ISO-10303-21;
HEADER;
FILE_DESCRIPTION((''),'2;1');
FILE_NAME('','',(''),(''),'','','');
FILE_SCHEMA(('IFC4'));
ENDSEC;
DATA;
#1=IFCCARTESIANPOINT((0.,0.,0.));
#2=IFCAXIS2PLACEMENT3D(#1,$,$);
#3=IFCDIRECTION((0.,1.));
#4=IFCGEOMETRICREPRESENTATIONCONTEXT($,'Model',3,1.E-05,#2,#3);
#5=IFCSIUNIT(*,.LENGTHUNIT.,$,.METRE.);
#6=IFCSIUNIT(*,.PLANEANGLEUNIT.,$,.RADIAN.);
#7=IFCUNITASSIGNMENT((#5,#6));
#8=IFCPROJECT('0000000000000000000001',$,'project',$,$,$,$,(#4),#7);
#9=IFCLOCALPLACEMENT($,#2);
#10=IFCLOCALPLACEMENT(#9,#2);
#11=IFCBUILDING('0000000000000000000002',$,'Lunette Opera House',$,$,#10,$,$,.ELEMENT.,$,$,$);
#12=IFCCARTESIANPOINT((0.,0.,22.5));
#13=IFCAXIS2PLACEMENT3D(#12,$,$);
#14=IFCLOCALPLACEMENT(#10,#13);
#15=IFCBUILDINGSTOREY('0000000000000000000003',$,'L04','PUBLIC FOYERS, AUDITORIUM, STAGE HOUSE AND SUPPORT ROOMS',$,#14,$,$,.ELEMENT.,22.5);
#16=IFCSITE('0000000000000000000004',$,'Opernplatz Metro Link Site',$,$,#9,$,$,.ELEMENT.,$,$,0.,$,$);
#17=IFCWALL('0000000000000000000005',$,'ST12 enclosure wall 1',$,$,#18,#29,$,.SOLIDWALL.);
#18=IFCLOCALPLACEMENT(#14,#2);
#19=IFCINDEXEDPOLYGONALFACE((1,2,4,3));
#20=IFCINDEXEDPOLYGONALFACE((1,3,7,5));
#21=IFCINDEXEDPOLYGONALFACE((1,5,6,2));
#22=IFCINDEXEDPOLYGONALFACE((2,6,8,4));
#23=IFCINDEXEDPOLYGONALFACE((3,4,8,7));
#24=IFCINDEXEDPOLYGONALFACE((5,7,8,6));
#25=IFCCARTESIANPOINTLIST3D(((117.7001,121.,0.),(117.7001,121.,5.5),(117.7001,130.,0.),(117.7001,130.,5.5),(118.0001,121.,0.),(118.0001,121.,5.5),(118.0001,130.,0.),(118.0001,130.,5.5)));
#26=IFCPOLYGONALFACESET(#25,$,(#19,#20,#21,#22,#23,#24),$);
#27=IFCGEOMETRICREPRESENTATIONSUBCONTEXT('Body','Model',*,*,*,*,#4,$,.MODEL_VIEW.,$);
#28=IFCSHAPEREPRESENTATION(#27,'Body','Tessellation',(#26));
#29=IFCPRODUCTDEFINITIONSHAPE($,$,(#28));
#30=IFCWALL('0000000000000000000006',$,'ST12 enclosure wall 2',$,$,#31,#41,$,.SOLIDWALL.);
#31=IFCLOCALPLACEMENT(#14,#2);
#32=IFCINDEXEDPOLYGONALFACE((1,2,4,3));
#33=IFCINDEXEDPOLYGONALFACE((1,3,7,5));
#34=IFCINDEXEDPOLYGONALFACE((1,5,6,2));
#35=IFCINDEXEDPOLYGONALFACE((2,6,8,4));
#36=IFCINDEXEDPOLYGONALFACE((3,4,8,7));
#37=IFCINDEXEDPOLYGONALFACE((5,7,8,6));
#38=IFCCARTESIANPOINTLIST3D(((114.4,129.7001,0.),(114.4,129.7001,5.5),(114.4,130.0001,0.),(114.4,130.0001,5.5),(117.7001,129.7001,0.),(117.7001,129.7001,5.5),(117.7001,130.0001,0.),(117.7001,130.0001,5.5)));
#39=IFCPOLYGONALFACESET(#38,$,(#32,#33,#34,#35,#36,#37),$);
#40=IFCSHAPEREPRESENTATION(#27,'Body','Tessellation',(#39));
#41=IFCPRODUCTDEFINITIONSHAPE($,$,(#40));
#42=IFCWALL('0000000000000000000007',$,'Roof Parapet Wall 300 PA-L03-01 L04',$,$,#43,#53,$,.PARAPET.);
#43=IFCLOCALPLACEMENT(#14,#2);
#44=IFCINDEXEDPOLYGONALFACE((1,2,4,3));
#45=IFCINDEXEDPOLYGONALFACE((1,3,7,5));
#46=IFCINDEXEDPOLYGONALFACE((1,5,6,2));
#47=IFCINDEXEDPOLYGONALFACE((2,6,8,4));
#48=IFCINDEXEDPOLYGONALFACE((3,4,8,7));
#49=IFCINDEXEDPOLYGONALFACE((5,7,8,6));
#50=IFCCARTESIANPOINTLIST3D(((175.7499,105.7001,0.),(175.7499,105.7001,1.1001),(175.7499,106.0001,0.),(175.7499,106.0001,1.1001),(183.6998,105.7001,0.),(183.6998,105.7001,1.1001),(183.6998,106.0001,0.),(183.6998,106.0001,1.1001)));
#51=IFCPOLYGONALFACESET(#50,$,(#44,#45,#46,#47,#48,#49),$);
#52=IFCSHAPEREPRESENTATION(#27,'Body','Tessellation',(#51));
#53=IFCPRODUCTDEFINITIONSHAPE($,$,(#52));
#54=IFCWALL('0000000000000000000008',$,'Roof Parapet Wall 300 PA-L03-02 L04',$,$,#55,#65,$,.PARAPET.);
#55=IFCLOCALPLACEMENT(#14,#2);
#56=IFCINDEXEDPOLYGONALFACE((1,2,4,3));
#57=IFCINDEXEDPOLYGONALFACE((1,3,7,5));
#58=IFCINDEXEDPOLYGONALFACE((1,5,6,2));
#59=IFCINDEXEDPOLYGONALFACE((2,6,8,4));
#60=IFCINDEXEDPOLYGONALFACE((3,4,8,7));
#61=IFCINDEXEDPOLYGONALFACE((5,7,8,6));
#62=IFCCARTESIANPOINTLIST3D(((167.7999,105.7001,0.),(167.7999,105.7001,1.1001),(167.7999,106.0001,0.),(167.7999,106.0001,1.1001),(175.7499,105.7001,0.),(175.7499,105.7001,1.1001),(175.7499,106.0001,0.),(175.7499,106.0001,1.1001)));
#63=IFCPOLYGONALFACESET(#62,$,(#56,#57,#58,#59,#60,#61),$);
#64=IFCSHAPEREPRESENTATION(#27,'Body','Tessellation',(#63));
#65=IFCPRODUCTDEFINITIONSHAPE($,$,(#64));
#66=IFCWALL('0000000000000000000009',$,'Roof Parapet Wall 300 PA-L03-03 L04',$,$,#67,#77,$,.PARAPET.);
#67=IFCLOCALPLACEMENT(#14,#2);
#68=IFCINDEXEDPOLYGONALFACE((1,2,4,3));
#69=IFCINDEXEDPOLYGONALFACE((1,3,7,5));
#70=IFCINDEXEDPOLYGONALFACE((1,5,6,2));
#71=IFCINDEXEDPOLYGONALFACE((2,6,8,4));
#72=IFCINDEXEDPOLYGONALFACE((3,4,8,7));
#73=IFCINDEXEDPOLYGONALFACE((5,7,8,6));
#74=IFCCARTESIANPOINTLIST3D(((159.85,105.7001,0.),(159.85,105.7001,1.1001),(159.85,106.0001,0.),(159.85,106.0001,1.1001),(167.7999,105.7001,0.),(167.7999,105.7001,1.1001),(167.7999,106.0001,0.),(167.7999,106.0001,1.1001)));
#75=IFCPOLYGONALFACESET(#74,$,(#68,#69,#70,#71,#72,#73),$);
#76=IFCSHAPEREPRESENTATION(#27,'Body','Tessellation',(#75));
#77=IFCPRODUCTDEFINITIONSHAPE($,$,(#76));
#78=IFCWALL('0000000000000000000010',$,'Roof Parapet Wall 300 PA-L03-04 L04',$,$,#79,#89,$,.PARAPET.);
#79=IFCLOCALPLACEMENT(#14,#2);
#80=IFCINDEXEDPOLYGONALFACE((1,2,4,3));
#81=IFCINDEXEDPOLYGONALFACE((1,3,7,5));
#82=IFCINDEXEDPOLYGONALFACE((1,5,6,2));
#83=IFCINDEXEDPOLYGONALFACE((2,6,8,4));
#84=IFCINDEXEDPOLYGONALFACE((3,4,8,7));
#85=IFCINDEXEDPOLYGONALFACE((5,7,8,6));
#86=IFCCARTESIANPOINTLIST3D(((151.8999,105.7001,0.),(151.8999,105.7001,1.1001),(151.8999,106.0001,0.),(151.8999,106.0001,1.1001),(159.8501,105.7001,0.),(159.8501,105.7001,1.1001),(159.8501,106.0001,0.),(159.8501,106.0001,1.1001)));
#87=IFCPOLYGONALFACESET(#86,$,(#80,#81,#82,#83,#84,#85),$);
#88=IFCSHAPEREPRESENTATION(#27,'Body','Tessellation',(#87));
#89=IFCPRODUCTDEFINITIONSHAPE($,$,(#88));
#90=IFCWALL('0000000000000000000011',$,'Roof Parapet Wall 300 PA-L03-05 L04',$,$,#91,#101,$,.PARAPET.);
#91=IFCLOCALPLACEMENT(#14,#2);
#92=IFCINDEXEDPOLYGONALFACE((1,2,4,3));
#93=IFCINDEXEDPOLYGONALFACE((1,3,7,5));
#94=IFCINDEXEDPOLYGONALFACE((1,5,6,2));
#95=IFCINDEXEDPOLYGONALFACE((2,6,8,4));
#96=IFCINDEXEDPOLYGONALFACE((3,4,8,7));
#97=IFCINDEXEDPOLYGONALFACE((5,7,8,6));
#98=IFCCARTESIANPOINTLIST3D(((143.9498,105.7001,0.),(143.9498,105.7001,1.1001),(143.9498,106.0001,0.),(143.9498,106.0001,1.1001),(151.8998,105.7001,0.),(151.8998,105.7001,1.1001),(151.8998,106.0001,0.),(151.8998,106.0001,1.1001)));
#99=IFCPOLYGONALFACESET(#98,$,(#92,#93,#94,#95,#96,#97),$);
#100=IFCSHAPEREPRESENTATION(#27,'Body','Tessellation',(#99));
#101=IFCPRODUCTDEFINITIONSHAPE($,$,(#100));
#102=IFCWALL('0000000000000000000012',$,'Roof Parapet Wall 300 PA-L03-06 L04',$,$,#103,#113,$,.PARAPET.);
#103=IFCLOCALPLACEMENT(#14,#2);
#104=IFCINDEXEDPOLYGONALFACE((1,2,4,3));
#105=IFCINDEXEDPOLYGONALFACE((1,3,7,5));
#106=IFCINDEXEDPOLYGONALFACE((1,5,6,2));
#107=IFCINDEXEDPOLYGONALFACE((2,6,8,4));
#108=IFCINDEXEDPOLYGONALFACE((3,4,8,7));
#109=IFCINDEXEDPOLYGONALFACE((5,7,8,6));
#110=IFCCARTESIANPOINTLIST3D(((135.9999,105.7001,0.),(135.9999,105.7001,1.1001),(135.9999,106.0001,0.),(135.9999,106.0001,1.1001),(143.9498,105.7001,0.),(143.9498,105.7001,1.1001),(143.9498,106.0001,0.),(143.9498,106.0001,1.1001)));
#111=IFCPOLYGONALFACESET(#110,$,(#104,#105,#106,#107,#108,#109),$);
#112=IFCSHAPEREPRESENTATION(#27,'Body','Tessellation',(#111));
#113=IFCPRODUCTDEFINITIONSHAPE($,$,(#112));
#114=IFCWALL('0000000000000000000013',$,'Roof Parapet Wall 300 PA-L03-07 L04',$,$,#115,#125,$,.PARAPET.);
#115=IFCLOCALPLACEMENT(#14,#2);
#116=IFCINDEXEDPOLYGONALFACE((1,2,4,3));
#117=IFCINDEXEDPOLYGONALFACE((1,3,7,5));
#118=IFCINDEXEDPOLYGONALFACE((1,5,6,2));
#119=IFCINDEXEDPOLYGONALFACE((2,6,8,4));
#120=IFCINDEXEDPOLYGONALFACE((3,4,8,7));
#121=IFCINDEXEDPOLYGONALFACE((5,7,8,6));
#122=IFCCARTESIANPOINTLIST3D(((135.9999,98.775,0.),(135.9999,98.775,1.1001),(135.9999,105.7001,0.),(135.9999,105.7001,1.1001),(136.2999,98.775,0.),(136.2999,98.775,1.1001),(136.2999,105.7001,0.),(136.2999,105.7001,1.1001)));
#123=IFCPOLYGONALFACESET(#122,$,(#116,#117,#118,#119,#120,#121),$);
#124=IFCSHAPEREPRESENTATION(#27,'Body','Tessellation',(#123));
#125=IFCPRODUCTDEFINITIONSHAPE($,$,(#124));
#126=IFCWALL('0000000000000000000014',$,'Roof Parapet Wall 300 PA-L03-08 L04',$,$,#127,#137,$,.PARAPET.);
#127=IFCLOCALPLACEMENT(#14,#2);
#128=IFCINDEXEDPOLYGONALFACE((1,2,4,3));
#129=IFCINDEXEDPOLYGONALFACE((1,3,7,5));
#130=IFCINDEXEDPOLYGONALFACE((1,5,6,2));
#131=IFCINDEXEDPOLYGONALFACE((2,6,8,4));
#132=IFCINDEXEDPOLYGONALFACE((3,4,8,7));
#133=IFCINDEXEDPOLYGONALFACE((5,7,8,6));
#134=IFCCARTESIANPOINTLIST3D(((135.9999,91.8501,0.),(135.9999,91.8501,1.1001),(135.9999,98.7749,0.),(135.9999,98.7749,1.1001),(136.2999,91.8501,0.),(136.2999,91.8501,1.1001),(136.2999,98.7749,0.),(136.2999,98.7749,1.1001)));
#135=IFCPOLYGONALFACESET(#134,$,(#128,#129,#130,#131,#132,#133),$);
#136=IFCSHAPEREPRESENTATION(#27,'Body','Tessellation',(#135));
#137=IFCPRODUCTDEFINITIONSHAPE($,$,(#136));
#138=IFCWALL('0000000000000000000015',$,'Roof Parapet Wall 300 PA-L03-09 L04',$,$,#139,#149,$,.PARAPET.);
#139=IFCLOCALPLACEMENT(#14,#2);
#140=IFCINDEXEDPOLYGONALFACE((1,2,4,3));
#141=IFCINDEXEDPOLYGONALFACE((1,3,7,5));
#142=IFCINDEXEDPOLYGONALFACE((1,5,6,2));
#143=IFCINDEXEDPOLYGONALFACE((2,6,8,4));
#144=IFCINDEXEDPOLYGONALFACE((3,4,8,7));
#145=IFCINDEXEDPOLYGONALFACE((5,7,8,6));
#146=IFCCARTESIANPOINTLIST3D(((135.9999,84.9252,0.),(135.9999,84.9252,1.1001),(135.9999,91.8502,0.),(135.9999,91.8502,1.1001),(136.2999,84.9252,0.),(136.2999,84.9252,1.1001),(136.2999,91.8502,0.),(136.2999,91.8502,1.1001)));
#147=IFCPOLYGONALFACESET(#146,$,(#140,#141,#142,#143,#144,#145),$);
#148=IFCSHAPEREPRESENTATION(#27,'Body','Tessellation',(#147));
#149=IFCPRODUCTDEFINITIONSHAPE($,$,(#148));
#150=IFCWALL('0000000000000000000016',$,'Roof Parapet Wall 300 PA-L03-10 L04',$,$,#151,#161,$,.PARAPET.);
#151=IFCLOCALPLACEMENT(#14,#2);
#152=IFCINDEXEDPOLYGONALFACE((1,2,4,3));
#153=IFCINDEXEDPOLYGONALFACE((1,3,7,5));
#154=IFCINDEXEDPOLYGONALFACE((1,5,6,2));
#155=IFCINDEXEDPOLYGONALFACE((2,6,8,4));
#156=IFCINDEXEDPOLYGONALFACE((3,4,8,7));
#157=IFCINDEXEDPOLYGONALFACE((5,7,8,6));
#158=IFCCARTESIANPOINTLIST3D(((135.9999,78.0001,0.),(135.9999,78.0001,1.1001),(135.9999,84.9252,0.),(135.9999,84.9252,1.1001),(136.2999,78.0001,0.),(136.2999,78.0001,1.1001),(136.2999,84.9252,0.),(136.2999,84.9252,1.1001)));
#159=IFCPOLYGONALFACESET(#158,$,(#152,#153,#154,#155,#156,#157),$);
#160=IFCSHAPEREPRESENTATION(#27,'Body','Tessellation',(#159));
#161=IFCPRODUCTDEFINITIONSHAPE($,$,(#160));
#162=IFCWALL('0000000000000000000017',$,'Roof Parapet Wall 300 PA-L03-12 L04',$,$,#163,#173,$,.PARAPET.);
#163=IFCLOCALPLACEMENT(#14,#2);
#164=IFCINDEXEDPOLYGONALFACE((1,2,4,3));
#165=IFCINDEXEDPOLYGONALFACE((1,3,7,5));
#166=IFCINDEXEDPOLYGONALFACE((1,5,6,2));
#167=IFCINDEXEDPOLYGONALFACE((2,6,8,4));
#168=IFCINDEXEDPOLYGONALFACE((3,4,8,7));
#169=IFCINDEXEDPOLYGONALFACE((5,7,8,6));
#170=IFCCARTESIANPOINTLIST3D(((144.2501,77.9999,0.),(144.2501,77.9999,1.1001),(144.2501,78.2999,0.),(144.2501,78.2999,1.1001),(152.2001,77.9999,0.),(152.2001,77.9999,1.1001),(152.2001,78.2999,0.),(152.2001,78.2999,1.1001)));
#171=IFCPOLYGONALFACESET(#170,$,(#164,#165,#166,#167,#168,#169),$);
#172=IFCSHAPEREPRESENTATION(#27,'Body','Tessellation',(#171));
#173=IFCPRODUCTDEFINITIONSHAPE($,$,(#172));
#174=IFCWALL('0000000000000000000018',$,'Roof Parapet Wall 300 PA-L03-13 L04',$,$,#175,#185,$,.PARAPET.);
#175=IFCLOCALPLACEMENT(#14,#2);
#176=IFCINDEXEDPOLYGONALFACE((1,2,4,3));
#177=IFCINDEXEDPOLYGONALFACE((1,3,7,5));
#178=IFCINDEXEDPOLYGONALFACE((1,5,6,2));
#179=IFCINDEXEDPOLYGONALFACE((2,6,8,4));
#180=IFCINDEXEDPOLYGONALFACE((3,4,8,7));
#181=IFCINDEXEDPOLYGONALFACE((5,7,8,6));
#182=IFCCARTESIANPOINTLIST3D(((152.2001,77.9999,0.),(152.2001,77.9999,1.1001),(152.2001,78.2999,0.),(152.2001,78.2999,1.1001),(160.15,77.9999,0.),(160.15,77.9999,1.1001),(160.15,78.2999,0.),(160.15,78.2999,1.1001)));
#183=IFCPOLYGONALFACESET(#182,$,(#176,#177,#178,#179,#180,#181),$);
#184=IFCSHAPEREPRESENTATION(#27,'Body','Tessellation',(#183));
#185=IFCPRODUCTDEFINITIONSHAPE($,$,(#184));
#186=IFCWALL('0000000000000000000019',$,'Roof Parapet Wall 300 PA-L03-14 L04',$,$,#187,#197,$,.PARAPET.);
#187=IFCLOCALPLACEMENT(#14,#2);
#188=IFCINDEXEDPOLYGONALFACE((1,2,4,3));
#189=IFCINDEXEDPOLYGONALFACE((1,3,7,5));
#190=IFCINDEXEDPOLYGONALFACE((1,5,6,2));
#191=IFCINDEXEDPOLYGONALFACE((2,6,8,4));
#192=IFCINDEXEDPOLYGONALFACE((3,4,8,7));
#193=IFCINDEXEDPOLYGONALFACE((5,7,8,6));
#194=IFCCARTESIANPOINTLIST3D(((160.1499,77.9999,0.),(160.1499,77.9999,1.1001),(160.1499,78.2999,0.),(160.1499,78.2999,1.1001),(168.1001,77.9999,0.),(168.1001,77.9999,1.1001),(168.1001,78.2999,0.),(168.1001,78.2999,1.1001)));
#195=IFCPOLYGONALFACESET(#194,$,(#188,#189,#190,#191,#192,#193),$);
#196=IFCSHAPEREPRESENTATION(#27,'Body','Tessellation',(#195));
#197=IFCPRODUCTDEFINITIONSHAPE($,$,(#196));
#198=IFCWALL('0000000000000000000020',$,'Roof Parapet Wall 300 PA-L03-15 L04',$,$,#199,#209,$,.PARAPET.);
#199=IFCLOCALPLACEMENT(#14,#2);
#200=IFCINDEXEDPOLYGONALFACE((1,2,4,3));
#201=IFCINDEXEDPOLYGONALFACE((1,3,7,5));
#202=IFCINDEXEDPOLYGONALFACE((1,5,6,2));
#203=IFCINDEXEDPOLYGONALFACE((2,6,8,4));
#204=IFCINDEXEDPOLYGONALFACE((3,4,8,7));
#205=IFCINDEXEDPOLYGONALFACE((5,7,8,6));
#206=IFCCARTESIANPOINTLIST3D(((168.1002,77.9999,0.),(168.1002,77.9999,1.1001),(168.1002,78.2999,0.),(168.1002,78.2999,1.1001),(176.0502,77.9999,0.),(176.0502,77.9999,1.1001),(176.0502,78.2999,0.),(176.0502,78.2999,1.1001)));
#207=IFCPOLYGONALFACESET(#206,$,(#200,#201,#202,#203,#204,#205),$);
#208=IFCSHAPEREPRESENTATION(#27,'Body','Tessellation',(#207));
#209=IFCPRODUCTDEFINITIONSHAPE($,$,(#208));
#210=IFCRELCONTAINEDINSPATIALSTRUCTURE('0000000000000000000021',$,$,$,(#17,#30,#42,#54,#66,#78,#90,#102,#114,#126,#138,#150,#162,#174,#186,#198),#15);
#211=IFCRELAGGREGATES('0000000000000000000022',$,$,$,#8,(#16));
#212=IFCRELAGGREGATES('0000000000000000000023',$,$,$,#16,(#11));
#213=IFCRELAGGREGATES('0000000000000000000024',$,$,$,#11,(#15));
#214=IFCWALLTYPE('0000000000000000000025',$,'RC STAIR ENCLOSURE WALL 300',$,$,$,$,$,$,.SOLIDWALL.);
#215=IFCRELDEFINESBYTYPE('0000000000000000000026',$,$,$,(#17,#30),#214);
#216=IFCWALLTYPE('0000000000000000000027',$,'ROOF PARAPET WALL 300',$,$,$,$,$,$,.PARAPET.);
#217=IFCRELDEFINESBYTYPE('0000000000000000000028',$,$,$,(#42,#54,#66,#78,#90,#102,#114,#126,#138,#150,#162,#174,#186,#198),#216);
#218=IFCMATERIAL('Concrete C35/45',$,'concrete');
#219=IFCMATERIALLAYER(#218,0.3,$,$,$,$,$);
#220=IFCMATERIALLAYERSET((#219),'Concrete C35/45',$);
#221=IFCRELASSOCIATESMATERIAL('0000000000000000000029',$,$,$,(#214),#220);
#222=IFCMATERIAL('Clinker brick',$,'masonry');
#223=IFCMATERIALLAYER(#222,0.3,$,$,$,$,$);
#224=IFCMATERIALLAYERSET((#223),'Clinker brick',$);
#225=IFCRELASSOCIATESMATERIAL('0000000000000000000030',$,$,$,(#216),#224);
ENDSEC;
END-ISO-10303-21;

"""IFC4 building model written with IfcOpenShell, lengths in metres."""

from ifc_helpers import new_model, si_unit, direction, frame, frame_2d, origin, place, context, subcontext, project, spatial, rectangle, extrude, material, layer, layer_set, type_object, element, save


model = new_model("IFC4")

# Units and contexts
model_context = context("Model", 3, precision=1e-05, world=origin(), true_north=direction((0.0, 1.0)))
body_context = subcontext(model_context, "Body", "Model", "MODEL_VIEW")
ifc_project = project(units=[si_unit("LENGTHUNIT", "METRE"), si_unit("PLANEANGLEUNIT", "RADIAN")], contexts=[model_context])

# Site, building, storey
site_placement = place(None, origin())
site = spatial("IfcSite", under=ifc_project, at=site_placement, Name="Opernplatz Metro Link Site", CompositionType="ELEMENT", RefElevation=0.0)
building_placement = place(site_placement, origin())
building = spatial("IfcBuilding", under=site, at=building_placement, Name="Lunette Opera House", CompositionType="ELEMENT")
storey_placement = place(building_placement, frame((0.0, 0.0, 22.5)))
storey = spatial("IfcBuildingStorey", under=building, at=storey_placement, Name="L04", Description="PUBLIC FOYERS, AUDITORIUM, STAGE HOUSE AND SUPPORT ROOMS", CompositionType="ELEMENT", Elevation=22.5)

# Walls
ifc_material_1 = material(Name="Concrete C35/45", Category="concrete")
ifc_layer_1 = layer(ifc_material_1, 0.3)
ifc_layer_set_1 = layer_set([ifc_layer_1], Name="Concrete C35/45")
wall_type_1 = type_object("IfcWallType", Name="RC STAIR ENCLOSURE WALL 300", PredefinedType="SOLIDWALL", material=ifc_layer_set_1)
wall_1_placement = place(storey_placement, frame((117.8501, 121.0, 0.0), z_axis=(0.0, 0.0, 1.0), x_axis=(0.0, 1.0, 0.0)))
element("IfcWall", 1, at=wall_1_placement, inside=storey, type_object=wall_type_1, Name="ST12 enclosure wall 1", PredefinedType="SOLIDWALL", context=body_context, shape_type="SweptSolid", body=[
    extrude(rectangle(XDim=9.0, YDim=0.3, at=frame_2d((4.5, 0.0))), origin(), (0.0, 0.0, 1.0), 5.5),
])
wall_2_placement = place(storey_placement, frame((117.7, 129.8501, 0.0), z_axis=(0.0, 0.0, 1.0), x_axis=(-1.0, 0.0, 0.0)))
element("IfcWall", 2, at=wall_2_placement, inside=storey, type_object=wall_type_1, Name="ST12 enclosure wall 2", PredefinedType="SOLIDWALL", context=body_context, shape_type="SweptSolid", body=[
    extrude(rectangle(XDim=3.3, YDim=0.3, at=frame_2d((1.6499, 0.0))), origin(), (0.0, 0.0, 1.0), 5.5),
])
ifc_material_2 = material(Name="Clinker brick", Category="masonry")
ifc_layer_2 = layer(ifc_material_2, 0.3)
ifc_layer_set_2 = layer_set([ifc_layer_2], Name="Clinker brick")
wall_type_2 = type_object("IfcWallType", Name="ROOF PARAPET WALL 300", PredefinedType="PARAPET", material=ifc_layer_set_2)
for number, where, z_axis, x_axis, name in (
    (3, (183.7, 105.8501, 0.0), (0.0, 0.0, 1.0), (-1.0, 0.0, 0.0), "Roof Parapet Wall 300 PA-L03-01 L04"),
    (4, (175.75, 105.8501, 0.0), (0.0, 0.0, 1.0), (-1.0, 0.0, 0.0), "Roof Parapet Wall 300 PA-L03-02 L04"),
    (5, (167.8, 105.8501, 0.0), (0.0, 0.0, 1.0), (-1.0, 0.0, 0.0), "Roof Parapet Wall 300 PA-L03-03 L04"),
):
    element("IfcWall", number, at=place(storey_placement, frame(where, z_axis=z_axis, x_axis=x_axis)), inside=storey, type_object=wall_type_2, Name=name, PredefinedType="PARAPET", context=body_context, shape_type="SweptSolid", body=[
        extrude(rectangle(XDim=7.95, YDim=0.3, at=frame_2d((3.9751, 0.0))), origin(), (0.0, 0.0, 1.0), 1.1001),
    ])
wall_3_placement = place(storey_placement, frame((159.8501, 105.8501, 0.0), z_axis=(0.0, 0.0, 1.0), x_axis=(-1.0, 0.0, 0.0)))
element("IfcWall", 6, at=wall_3_placement, inside=storey, type_object=wall_type_2, Name="Roof Parapet Wall 300 PA-L03-04 L04", PredefinedType="PARAPET", context=body_context, shape_type="SweptSolid", body=[
    extrude(rectangle(XDim=7.9502, YDim=0.3, at=frame_2d((3.9751, 0.0))), origin(), (0.0, 0.0, 1.0), 1.1001),
])
for number, where, z_axis, x_axis, name in (
    (7, (151.8999, 105.8501, 0.0), (0.0, 0.0, 1.0), (-1.0, 0.0, 0.0), "Roof Parapet Wall 300 PA-L03-05 L04"),
    (8, (143.95, 105.8501, 0.0), (0.0, 0.0, 1.0), (-1.0, 0.0, 0.0), "Roof Parapet Wall 300 PA-L03-06 L04"),
):
    element("IfcWall", number, at=place(storey_placement, frame(where, z_axis=z_axis, x_axis=x_axis)), inside=storey, type_object=wall_type_2, Name=name, PredefinedType="PARAPET", context=body_context, shape_type="SweptSolid", body=[
        extrude(rectangle(XDim=7.95, YDim=0.3, at=frame_2d((3.9751, 0.0))), origin(), (0.0, 0.0, 1.0), 1.1001),
    ])
wall_4_placement = place(storey_placement, frame((136.1499, 105.7, 0.0), z_axis=(0.0, 0.0, 1.0), x_axis=(0.0, -1.0, 0.0)))
element("IfcWall", 9, at=wall_4_placement, inside=storey, type_object=wall_type_2, Name="Roof Parapet Wall 300 PA-L03-07 L04", PredefinedType="PARAPET", context=body_context, shape_type="SweptSolid", body=[
    extrude(rectangle(XDim=6.925, YDim=0.3, at=frame_2d((3.4624, 0.0))), origin(), (0.0, 0.0, 1.0), 1.1001),
])
wall_5_placement = place(storey_placement, frame((136.1499, 98.7749, 0.0), z_axis=(0.0, 0.0, 1.0), x_axis=(0.0, -1.0, 0.0)))
element("IfcWall", 10, at=wall_5_placement, inside=storey, type_object=wall_type_2, Name="Roof Parapet Wall 300 PA-L03-08 L04", PredefinedType="PARAPET", context=body_context, shape_type="SweptSolid", body=[
    extrude(rectangle(XDim=6.9248, YDim=0.3, at=frame_2d((3.4624, 0.0))), origin(), (0.0, 0.0, 1.0), 1.1001),
])
for number, where, z_axis, x_axis, name in (
    (11, (136.1499, 91.8501, 0.0), (0.0, 0.0, 1.0), (0.0, -1.0, 0.0), "Roof Parapet Wall 300 PA-L03-09 L04"),
    (12, (136.1499, 84.925, 0.0), (0.0, 0.0, 1.0), (0.0, -1.0, 0.0), "Roof Parapet Wall 300 PA-L03-10 L04"),
):
    element("IfcWall", number, at=place(storey_placement, frame(where, z_axis=z_axis, x_axis=x_axis)), inside=storey, type_object=wall_type_2, Name=name, PredefinedType="PARAPET", context=body_context, shape_type="SweptSolid", body=[
        extrude(rectangle(XDim=6.925, YDim=0.3, at=frame_2d((3.4624, 0.0))), origin(), (0.0, 0.0, 1.0), 1.1001),
    ])
for number, where, z_axis, x_axis, name in (
    (13, (144.25, 78.1499, 0.0), (0.0, 0.0, 1.0), (1.0, 0.0, 0.0), "Roof Parapet Wall 300 PA-L03-12 L04"),
    (14, (152.2, 78.1499, 0.0), (0.0, 0.0, 1.0), (1.0, 0.0, 0.0), "Roof Parapet Wall 300 PA-L03-13 L04"),
):
    element("IfcWall", number, at=place(storey_placement, frame(where, z_axis=z_axis, x_axis=x_axis)), inside=storey, type_object=wall_type_2, Name=name, PredefinedType="PARAPET", context=body_context, shape_type="SweptSolid", body=[
        extrude(rectangle(XDim=7.95, YDim=0.3, at=frame_2d((3.9751, 0.0))), origin(), (0.0, 0.0, 1.0), 1.1001),
    ])
wall_6_placement = place(storey_placement, frame((160.1499, 78.1499, 0.0), z_axis=(0.0, 0.0, 1.0), x_axis=(1.0, 0.0, 0.0)))
element("IfcWall", 15, at=wall_6_placement, inside=storey, type_object=wall_type_2, Name="Roof Parapet Wall 300 PA-L03-14 L04", PredefinedType="PARAPET", context=body_context, shape_type="SweptSolid", body=[
    extrude(rectangle(XDim=7.9502, YDim=0.3, at=frame_2d((3.9751, 0.0))), origin(), (0.0, 0.0, 1.0), 1.1001),
])
wall_7_placement = place(storey_placement, frame((168.1001, 78.1499, 0.0), z_axis=(0.0, 0.0, 1.0), x_axis=(1.0, 0.0, 0.0)))
element("IfcWall", 16, at=wall_7_placement, inside=storey, type_object=wall_type_2, Name="Roof Parapet Wall 300 PA-L03-15 L04", PredefinedType="PARAPET", context=body_context, shape_type="SweptSolid", body=[
    extrude(rectangle(XDim=7.95, YDim=0.3, at=frame_2d((3.9751, 0.0))), origin(), (0.0, 0.0, 1.0), 1.1001),
])

save(model, "model.ifc")
